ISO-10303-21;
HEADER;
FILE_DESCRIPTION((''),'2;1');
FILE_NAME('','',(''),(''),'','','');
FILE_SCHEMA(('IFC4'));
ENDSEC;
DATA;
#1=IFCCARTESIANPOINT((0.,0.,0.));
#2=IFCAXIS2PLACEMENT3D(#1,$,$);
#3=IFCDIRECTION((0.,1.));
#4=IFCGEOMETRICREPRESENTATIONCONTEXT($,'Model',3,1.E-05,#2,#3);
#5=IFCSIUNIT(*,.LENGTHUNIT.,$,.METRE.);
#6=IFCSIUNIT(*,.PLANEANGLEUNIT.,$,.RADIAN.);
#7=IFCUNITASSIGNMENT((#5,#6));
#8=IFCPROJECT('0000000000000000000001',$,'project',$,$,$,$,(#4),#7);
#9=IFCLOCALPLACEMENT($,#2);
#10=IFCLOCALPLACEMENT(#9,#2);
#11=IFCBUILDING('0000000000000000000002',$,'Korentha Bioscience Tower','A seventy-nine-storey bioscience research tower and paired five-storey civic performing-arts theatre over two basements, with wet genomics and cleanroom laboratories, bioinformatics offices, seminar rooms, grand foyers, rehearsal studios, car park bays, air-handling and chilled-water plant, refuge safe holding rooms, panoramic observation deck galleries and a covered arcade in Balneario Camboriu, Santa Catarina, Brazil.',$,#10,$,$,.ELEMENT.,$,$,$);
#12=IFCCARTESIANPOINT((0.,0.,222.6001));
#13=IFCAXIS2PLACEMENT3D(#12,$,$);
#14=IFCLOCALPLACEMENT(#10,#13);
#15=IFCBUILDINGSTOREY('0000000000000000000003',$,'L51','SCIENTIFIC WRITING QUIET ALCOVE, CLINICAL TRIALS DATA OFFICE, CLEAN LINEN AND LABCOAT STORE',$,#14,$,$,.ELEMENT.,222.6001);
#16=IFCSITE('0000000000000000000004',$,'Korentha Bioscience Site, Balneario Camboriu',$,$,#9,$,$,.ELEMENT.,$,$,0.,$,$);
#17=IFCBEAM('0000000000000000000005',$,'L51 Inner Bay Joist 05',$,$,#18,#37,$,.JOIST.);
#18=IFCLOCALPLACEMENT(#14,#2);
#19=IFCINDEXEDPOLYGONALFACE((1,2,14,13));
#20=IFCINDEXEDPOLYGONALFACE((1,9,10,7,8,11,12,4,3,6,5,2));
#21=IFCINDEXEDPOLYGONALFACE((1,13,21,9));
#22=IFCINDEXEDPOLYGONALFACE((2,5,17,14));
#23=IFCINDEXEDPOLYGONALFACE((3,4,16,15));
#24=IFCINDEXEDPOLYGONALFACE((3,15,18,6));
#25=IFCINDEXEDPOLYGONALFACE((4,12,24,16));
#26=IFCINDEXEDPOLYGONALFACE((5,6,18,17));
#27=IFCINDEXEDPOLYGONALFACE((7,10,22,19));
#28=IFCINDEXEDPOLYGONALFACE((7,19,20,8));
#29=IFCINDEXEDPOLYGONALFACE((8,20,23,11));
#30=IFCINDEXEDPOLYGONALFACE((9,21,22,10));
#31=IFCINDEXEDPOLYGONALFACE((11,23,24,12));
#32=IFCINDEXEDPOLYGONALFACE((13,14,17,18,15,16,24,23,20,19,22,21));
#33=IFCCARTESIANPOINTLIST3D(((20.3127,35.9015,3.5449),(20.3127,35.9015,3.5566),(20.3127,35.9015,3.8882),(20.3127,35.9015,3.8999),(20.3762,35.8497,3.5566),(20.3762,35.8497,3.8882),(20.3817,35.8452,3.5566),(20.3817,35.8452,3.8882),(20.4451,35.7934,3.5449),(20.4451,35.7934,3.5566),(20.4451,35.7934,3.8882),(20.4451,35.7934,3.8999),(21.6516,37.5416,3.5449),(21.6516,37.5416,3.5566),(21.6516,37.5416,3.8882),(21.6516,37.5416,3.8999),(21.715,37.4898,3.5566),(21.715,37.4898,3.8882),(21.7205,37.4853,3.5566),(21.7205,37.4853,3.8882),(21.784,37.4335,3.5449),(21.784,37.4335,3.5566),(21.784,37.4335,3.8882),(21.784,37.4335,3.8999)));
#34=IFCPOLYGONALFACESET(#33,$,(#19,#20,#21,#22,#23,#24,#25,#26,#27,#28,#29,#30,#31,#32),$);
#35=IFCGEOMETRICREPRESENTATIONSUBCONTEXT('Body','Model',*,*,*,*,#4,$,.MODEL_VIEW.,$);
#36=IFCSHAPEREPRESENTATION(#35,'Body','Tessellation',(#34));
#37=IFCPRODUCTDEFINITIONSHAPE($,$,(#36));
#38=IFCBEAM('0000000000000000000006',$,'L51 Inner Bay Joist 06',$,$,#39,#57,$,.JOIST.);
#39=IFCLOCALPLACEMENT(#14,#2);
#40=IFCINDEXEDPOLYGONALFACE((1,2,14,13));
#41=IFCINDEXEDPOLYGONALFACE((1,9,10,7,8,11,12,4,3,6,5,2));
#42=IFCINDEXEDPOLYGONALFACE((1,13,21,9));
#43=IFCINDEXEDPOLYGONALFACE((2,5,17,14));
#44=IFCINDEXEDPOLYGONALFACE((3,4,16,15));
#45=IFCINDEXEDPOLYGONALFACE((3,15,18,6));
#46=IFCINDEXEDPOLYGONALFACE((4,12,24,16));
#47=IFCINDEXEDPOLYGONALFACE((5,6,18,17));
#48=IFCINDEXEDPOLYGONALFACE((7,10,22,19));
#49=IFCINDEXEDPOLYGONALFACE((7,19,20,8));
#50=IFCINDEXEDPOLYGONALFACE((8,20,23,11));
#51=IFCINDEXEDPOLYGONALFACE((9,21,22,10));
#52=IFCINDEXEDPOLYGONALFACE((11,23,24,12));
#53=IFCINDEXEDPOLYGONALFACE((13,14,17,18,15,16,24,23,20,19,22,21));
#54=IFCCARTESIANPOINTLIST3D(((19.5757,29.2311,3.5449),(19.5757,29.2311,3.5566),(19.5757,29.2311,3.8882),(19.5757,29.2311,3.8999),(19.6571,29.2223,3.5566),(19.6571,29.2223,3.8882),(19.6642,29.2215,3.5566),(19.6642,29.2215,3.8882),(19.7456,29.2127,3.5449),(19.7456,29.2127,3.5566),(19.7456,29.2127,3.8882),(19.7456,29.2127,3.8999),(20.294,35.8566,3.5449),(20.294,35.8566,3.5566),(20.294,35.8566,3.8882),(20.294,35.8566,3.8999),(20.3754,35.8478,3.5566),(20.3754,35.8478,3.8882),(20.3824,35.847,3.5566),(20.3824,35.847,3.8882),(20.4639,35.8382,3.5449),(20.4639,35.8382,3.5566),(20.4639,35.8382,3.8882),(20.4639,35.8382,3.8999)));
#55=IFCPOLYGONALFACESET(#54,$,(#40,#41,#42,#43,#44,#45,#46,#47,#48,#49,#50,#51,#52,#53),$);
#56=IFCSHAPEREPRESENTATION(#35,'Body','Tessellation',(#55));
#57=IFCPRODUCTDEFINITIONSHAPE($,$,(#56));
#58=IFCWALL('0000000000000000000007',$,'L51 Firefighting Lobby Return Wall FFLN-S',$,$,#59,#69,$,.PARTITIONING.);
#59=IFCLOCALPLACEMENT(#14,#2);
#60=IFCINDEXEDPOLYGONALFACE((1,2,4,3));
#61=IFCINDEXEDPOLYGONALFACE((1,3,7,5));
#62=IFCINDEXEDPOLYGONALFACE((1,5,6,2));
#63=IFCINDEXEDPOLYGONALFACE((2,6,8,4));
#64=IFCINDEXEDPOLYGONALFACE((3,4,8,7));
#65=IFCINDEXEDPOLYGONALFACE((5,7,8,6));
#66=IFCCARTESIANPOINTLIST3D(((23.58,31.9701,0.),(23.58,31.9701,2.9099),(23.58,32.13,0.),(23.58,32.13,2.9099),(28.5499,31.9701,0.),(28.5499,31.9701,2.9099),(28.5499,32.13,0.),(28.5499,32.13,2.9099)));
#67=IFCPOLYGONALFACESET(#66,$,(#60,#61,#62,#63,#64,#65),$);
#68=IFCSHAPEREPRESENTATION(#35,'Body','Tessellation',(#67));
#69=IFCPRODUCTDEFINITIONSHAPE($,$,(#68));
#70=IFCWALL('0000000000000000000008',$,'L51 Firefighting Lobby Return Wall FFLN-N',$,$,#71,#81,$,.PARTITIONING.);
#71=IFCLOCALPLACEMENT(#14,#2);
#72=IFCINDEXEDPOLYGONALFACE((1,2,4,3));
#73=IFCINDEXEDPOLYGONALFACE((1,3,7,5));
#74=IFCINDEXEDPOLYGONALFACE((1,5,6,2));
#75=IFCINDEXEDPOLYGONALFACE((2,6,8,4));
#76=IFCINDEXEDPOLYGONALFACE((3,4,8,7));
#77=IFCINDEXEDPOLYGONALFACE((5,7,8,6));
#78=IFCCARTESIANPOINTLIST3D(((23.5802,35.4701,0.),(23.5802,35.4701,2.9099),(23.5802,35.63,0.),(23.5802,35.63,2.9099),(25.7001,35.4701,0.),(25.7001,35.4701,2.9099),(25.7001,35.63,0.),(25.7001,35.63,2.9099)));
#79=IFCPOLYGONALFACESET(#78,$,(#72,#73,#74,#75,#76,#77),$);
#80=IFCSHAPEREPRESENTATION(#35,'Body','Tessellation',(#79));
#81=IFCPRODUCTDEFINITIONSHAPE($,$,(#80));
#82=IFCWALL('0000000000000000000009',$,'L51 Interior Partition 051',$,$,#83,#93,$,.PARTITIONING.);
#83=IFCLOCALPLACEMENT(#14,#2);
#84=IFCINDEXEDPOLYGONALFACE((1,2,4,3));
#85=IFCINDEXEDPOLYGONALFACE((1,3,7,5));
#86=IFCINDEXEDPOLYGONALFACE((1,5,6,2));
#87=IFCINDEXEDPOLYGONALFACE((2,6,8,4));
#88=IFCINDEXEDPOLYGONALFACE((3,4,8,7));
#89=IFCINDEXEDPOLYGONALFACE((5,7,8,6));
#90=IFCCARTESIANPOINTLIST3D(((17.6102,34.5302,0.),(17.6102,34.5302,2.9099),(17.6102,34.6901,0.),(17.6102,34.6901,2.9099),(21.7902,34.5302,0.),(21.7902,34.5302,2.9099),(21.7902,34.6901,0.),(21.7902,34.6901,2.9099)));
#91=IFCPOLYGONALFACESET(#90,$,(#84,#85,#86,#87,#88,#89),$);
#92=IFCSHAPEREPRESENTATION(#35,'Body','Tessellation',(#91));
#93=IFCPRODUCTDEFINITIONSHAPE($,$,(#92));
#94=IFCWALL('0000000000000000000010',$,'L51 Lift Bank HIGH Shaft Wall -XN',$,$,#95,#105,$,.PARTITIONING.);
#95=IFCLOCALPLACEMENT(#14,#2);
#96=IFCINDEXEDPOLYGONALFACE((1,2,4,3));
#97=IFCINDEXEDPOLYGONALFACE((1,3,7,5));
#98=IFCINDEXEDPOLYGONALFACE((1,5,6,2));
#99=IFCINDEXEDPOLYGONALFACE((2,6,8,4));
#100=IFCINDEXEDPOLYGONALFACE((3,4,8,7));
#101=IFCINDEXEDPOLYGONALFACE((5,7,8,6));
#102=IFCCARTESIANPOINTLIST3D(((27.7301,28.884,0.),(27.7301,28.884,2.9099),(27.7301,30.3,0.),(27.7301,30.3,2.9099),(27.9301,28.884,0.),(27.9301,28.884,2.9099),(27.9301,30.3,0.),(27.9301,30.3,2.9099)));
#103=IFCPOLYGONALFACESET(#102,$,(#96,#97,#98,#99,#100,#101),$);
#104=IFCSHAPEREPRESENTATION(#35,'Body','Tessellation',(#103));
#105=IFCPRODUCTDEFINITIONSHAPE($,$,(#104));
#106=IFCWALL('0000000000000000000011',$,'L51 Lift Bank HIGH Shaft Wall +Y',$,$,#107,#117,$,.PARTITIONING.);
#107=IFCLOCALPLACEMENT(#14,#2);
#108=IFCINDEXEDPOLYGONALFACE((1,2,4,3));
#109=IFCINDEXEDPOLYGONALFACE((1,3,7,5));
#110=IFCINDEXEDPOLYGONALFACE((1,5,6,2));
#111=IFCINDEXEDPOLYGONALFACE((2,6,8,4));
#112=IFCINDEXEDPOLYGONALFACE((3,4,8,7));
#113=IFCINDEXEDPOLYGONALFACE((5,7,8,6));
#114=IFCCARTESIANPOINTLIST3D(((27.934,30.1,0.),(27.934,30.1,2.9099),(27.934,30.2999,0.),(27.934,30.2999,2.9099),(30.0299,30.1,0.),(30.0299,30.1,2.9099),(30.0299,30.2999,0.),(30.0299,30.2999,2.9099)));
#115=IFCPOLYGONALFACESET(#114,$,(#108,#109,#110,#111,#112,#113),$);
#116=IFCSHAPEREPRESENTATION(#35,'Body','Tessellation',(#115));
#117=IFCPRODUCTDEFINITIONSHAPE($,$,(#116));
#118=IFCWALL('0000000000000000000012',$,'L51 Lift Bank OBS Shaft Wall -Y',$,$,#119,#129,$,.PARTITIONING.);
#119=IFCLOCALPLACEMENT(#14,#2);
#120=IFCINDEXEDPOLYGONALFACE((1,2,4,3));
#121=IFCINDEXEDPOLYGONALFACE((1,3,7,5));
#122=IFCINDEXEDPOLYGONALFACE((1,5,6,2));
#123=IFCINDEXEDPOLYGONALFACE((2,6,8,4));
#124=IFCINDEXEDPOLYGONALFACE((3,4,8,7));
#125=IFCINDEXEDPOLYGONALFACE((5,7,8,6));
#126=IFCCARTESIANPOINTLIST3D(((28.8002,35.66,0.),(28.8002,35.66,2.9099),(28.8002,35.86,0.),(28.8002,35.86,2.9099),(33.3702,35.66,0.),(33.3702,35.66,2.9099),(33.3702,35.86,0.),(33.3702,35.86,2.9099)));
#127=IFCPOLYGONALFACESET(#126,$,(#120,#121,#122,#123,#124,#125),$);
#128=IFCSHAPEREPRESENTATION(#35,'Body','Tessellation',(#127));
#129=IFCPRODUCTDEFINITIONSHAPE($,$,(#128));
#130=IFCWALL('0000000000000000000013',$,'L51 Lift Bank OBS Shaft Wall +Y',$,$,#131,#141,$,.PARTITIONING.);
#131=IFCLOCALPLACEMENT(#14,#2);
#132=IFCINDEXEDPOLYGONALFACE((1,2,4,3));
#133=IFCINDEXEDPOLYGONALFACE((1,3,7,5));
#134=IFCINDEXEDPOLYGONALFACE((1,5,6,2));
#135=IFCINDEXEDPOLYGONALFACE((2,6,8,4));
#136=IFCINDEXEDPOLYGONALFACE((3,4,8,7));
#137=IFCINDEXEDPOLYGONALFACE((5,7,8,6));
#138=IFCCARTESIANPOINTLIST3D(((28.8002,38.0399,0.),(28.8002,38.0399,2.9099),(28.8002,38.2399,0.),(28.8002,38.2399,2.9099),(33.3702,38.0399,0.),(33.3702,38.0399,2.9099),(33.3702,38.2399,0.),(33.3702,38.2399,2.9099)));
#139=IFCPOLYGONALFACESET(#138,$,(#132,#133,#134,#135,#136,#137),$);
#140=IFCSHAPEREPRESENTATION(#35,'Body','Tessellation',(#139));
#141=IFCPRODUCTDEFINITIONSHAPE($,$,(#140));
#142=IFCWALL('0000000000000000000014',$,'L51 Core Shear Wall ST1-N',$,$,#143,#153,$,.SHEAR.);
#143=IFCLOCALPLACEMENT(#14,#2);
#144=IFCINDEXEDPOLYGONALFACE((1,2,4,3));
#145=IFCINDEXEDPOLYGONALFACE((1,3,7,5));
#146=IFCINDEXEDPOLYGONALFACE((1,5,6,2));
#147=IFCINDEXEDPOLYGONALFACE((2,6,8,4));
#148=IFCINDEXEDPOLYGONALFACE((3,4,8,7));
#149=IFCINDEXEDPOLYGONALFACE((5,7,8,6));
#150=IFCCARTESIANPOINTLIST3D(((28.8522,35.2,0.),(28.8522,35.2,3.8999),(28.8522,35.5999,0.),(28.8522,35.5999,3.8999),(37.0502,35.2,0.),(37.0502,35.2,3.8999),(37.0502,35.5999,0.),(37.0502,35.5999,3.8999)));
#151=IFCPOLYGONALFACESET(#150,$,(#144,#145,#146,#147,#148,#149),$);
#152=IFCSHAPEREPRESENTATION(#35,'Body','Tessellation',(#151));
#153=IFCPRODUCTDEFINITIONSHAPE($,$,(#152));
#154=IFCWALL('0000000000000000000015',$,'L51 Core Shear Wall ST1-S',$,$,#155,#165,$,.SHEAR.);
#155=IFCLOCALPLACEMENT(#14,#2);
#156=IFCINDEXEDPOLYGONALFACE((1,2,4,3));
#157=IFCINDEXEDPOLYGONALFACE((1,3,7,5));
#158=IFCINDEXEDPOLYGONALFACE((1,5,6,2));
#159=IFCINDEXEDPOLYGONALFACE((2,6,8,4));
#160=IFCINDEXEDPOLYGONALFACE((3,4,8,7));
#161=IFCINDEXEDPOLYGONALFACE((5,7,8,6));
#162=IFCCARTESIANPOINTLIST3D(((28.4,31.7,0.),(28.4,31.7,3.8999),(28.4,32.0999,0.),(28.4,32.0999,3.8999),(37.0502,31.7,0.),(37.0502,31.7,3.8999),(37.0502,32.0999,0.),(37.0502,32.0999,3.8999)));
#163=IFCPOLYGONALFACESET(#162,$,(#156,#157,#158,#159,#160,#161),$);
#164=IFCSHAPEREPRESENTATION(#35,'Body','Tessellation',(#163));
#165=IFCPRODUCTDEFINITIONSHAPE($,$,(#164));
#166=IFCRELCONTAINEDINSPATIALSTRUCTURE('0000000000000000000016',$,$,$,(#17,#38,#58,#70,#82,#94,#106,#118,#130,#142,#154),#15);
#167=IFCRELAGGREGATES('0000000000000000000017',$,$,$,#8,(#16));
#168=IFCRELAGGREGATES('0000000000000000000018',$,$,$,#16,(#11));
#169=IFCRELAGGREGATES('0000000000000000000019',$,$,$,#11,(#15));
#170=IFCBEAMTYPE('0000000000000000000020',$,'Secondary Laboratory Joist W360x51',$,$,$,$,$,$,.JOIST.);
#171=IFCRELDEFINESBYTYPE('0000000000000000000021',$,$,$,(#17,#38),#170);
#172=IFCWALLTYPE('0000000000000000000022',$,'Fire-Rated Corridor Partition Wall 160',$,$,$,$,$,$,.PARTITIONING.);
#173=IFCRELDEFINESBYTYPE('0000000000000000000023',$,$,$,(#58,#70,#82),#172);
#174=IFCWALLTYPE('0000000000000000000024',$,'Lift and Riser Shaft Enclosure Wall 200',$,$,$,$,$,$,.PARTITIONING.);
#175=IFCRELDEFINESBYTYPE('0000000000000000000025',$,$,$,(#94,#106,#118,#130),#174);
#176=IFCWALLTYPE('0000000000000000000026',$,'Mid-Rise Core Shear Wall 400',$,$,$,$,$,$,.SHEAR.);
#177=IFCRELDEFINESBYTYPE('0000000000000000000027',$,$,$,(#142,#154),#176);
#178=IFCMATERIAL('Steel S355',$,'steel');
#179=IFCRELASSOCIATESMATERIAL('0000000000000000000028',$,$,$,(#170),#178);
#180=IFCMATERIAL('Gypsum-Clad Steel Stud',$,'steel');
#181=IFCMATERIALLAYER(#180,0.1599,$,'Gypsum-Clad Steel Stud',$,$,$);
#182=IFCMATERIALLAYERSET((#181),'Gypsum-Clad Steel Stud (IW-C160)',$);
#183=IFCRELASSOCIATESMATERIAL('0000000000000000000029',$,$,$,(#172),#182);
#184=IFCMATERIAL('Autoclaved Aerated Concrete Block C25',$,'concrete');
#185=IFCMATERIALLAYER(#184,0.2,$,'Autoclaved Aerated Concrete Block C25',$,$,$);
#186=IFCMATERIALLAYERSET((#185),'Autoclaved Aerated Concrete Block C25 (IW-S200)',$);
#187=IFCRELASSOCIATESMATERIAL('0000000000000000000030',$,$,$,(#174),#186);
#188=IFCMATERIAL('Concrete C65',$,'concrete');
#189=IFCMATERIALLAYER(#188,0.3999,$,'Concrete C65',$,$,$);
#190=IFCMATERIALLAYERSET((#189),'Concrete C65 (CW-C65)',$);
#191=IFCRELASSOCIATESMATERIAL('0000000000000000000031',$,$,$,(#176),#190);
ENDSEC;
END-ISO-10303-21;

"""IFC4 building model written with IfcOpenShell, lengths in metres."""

from ifc_helpers import new_model, si_unit, direction, frame, frame_2d, origin, origin_2d, place, context, subcontext, project, spatial, rectangle, i_section, extrude, material, layer, layer_set, material_profile, profile_set, type_object, element, save


model = new_model("IFC4")

# Units and contexts
model_context = context("Model", 3, precision=1e-05, world=origin(), true_north=direction((0.0, 1.0)))
body_context = subcontext(model_context, "Body", "Model", "MODEL_VIEW")
ifc_project = project(units=[si_unit("LENGTHUNIT", "METRE"), si_unit("PLANEANGLEUNIT", "RADIAN")], contexts=[model_context])

# Site, building, storey
site_placement = place(None, origin())
site = spatial("IfcSite", under=ifc_project, at=site_placement, Name="Korentha Bioscience Site, Balneario Camboriu", CompositionType="ELEMENT", RefElevation=0.0)
building_placement = place(site_placement, origin())
building = spatial("IfcBuilding", under=site, at=building_placement, Name="Korentha Bioscience Tower", Description="A seventy-nine-storey bioscience research tower and paired five-storey civic performing-arts theatre over two basements, with wet genomics and cleanroom laboratories, bioinformatics offices, seminar rooms, grand foyers, rehearsal studios, car park bays, air-handling and chilled-water plant, refuge safe holding rooms, panoramic observation deck galleries and a covered arcade in Balneario Camboriu, Santa Catarina, Brazil.", CompositionType="ELEMENT")
storey_placement = place(building_placement, frame((0.0, 0.0, 222.6001)))
storey = spatial("IfcBuildingStorey", under=building, at=storey_placement, Name="L51", Description="SCIENTIFIC WRITING QUIET ALCOVE, CLINICAL TRIALS DATA OFFICE, CLEAN LINEN AND LABCOAT STORE", CompositionType="ELEMENT", Elevation=222.6001)

# Shared definitions
ifc_material_1 = material(Name="Concrete C65", Category="concrete")

# Beams
ifc_material_2 = material(Name="Steel S355", Category="steel")
ifc_material_profile_1 = material_profile(ifc_material_2, i_section(OverallWidth=0.1709, OverallDepth=0.355, WebThickness=0.0071, FlangeThickness=0.0117, at=origin_2d()), Name="Steel S355")
ifc_profile_set_1 = profile_set([ifc_material_profile_1], Name="Steel S355 (JB-360)")
beam_type_1 = type_object("IfcBeamType", Name="Secondary Laboratory Joist W360x51", PredefinedType="JOIST", material=ifc_profile_set_1)
beam_1_placement = place(storey_placement, frame((21.7178, 37.4875, 3.7224), z_axis=(-0.632371, -0.774666, 0.0), x_axis=(0.774666, -0.632371, 0.0)))
element("IfcBeam", 1, at=beam_1_placement, inside=storey, type_object=beam_type_1, Name="L51 Inner Bay Joist 05", PredefinedType="JOIST", context=body_context, shape_type="SweptSolid", body=[
    extrude(i_section(OverallWidth=0.1709, OverallDepth=0.355, WebThickness=0.0071, FlangeThickness=0.0117, at=origin_2d()), origin(), (0.0, 0.0, 1.0), 2.1172),
])
beam_2_placement = place(storey_placement, frame((20.3789, 35.8474, 3.7224), z_axis=(-0.107777, -0.994175, 0.0), x_axis=(0.994175, -0.107777, 0.0)))
element("IfcBeam", 2, at=beam_2_placement, inside=storey, type_object=beam_type_1, Name="L51 Inner Bay Joist 06", PredefinedType="JOIST", context=body_context, shape_type="SweptSolid", body=[
    extrude(i_section(OverallWidth=0.1709, OverallDepth=0.355, WebThickness=0.0071, FlangeThickness=0.0117, at=origin_2d()), origin(), (0.0, 0.0, 1.0), 6.6643),
])

# Shared definitions
ifc_material_3 = material(Name="Gypsum-Clad Steel Stud", Category="steel")
ifc_layer_1 = layer(ifc_material_3, 0.1599, Name="Gypsum-Clad Steel Stud")
ifc_layer_set_1 = layer_set([ifc_layer_1], Name="Gypsum-Clad Steel Stud (IW-C160)")
wall_type_1 = type_object("IfcWallType", Name="Fire-Rated Corridor Partition Wall 160", PredefinedType="PARTITIONING", material=ifc_layer_set_1)

# Walls
wall_1_placement = place(storey_placement, frame((23.5801, 32.05, 0.0), z_axis=(0.0, 0.0, 1.0), x_axis=(1.0, 0.0, 0.0)))
element("IfcWall", 3, at=wall_1_placement, inside=storey, type_object=wall_type_1, Name="L51 Firefighting Lobby Return Wall FFLN-S", PredefinedType="PARTITIONING", context=body_context, shape_type="SweptSolid", body=[
    extrude(rectangle(XDim=4.97, YDim=0.1599, at=frame_2d((2.4849, 0.0))), origin(), (0.0, 0.0, 1.0), 2.9099),
])
wall_2_placement = place(storey_placement, frame((23.5801, 35.55, 0.0), z_axis=(0.0, 0.0, 1.0), x_axis=(1.0, 0.0, 0.0)))
element("IfcWall", 4, at=wall_2_placement, inside=storey, type_object=wall_type_1, Name="L51 Firefighting Lobby Return Wall FFLN-N", PredefinedType="PARTITIONING", context=body_context, shape_type="SweptSolid", body=[
    extrude(rectangle(XDim=2.1199, YDim=0.1599, at=frame_2d((1.0601, 0.0))), origin(), (0.0, 0.0, 1.0), 2.9099),
])
wall_3_placement = place(storey_placement, frame((21.79, 34.6101, 0.0), z_axis=(0.0, 0.0, 1.0), x_axis=(-1.0, 0.0, 0.0)))
element("IfcWall", 5, at=wall_3_placement, inside=storey, type_object=wall_type_1, Name="L51 Interior Partition 051", PredefinedType="PARTITIONING", context=body_context, shape_type="SweptSolid", body=[
    extrude(rectangle(XDim=4.1799, YDim=0.1599, at=frame_2d((2.0898, 0.0))), origin(), (0.0, 0.0, 1.0), 2.9099),
])
ifc_material_4 = material(Name="Autoclaved Aerated Concrete Block C25", Category="concrete")
ifc_layer_2 = layer(ifc_material_4, 0.2, Name="Autoclaved Aerated Concrete Block C25")
ifc_layer_set_2 = layer_set([ifc_layer_2], Name="Autoclaved Aerated Concrete Block C25 (IW-S200)")
wall_type_2 = type_object("IfcWallType", Name="Lift and Riser Shaft Enclosure Wall 200", PredefinedType="PARTITIONING", material=ifc_layer_set_2)
wall_4_placement = place(storey_placement, frame((27.8301, 28.884, 0.0), z_axis=(0.0, 0.0, 1.0), x_axis=(0.0, 1.0, 0.0)))
element("IfcWall", 6, at=wall_4_placement, inside=storey, type_object=wall_type_2, Name="L51 Lift Bank HIGH Shaft Wall -XN", PredefinedType="PARTITIONING", context=body_context, shape_type="SweptSolid", body=[
    extrude(rectangle(XDim=1.416, YDim=0.2, at=frame_2d((0.708, 0.0))), origin(), (0.0, 0.0, 1.0), 2.9099),
])
wall_5_placement = place(storey_placement, frame((27.9341, 30.2, 0.0), z_axis=(0.0, 0.0, 1.0), x_axis=(1.0, 0.0, 0.0)))
element("IfcWall", 7, at=wall_5_placement, inside=storey, type_object=wall_type_2, Name="L51 Lift Bank HIGH Shaft Wall +Y", PredefinedType="PARTITIONING", context=body_context, shape_type="SweptSolid", body=[
    extrude(rectangle(XDim=2.0959, YDim=0.2, at=frame_2d((1.0479, 0.0))), origin(), (0.0, 0.0, 1.0), 2.9099),
])
for number, where, z_axis, x_axis, name in (
    (8, (28.8, 35.76, 0.0), (0.0, 0.0, 1.0), (1.0, 0.0, 0.0), "L51 Lift Bank OBS Shaft Wall -Y"),
    (9, (28.8, 38.1399, 0.0), (0.0, 0.0, 1.0), (1.0, 0.0, 0.0), "L51 Lift Bank OBS Shaft Wall +Y"),
):
    element("IfcWall", number, at=place(storey_placement, frame(where, z_axis=z_axis, x_axis=x_axis)), inside=storey, type_object=wall_type_2, Name=name, PredefinedType="PARTITIONING", context=body_context, shape_type="SweptSolid", body=[
        extrude(rectangle(XDim=4.5701, YDim=0.2, at=frame_2d((2.2852, 0.0))), origin(), (0.0, 0.0, 1.0), 2.9099),
    ])
ifc_layer_3 = layer(ifc_material_1, 0.3999, Name="Concrete C65")
ifc_layer_set_3 = layer_set([ifc_layer_3], Name="Concrete C65 (CW-C65)")
wall_type_3 = type_object("IfcWallType", Name="Mid-Rise Core Shear Wall 400", PredefinedType="SHEAR", material=ifc_layer_set_3)
wall_6_placement = place(storey_placement, frame((28.8521, 35.3999, 0.0), z_axis=(0.0, 0.0, 1.0), x_axis=(1.0, 0.0, 0.0)))
element("IfcWall", 10, at=wall_6_placement, inside=storey, type_object=wall_type_3, Name="L51 Core Shear Wall ST1-N", PredefinedType="SHEAR", context=body_context, shape_type="SweptSolid", body=[
    extrude(rectangle(XDim=8.198, YDim=0.3999, at=frame_2d((4.0991, 0.0))), origin(), (0.0, 0.0, 1.0), 3.8999),
])
wall_7_placement = place(storey_placement, frame((28.3999, 31.8999, 0.0), z_axis=(0.0, 0.0, 1.0), x_axis=(1.0, 0.0, 0.0)))
element("IfcWall", 11, at=wall_7_placement, inside=storey, type_object=wall_type_3, Name="L51 Core Shear Wall ST1-S", PredefinedType="SHEAR", context=body_context, shape_type="SweptSolid", body=[
    extrude(rectangle(XDim=8.6501, YDim=0.3999, at=frame_2d((4.3252, 0.0))), origin(), (0.0, 0.0, 1.0), 3.8999),
])

save(model, "model.ifc")
